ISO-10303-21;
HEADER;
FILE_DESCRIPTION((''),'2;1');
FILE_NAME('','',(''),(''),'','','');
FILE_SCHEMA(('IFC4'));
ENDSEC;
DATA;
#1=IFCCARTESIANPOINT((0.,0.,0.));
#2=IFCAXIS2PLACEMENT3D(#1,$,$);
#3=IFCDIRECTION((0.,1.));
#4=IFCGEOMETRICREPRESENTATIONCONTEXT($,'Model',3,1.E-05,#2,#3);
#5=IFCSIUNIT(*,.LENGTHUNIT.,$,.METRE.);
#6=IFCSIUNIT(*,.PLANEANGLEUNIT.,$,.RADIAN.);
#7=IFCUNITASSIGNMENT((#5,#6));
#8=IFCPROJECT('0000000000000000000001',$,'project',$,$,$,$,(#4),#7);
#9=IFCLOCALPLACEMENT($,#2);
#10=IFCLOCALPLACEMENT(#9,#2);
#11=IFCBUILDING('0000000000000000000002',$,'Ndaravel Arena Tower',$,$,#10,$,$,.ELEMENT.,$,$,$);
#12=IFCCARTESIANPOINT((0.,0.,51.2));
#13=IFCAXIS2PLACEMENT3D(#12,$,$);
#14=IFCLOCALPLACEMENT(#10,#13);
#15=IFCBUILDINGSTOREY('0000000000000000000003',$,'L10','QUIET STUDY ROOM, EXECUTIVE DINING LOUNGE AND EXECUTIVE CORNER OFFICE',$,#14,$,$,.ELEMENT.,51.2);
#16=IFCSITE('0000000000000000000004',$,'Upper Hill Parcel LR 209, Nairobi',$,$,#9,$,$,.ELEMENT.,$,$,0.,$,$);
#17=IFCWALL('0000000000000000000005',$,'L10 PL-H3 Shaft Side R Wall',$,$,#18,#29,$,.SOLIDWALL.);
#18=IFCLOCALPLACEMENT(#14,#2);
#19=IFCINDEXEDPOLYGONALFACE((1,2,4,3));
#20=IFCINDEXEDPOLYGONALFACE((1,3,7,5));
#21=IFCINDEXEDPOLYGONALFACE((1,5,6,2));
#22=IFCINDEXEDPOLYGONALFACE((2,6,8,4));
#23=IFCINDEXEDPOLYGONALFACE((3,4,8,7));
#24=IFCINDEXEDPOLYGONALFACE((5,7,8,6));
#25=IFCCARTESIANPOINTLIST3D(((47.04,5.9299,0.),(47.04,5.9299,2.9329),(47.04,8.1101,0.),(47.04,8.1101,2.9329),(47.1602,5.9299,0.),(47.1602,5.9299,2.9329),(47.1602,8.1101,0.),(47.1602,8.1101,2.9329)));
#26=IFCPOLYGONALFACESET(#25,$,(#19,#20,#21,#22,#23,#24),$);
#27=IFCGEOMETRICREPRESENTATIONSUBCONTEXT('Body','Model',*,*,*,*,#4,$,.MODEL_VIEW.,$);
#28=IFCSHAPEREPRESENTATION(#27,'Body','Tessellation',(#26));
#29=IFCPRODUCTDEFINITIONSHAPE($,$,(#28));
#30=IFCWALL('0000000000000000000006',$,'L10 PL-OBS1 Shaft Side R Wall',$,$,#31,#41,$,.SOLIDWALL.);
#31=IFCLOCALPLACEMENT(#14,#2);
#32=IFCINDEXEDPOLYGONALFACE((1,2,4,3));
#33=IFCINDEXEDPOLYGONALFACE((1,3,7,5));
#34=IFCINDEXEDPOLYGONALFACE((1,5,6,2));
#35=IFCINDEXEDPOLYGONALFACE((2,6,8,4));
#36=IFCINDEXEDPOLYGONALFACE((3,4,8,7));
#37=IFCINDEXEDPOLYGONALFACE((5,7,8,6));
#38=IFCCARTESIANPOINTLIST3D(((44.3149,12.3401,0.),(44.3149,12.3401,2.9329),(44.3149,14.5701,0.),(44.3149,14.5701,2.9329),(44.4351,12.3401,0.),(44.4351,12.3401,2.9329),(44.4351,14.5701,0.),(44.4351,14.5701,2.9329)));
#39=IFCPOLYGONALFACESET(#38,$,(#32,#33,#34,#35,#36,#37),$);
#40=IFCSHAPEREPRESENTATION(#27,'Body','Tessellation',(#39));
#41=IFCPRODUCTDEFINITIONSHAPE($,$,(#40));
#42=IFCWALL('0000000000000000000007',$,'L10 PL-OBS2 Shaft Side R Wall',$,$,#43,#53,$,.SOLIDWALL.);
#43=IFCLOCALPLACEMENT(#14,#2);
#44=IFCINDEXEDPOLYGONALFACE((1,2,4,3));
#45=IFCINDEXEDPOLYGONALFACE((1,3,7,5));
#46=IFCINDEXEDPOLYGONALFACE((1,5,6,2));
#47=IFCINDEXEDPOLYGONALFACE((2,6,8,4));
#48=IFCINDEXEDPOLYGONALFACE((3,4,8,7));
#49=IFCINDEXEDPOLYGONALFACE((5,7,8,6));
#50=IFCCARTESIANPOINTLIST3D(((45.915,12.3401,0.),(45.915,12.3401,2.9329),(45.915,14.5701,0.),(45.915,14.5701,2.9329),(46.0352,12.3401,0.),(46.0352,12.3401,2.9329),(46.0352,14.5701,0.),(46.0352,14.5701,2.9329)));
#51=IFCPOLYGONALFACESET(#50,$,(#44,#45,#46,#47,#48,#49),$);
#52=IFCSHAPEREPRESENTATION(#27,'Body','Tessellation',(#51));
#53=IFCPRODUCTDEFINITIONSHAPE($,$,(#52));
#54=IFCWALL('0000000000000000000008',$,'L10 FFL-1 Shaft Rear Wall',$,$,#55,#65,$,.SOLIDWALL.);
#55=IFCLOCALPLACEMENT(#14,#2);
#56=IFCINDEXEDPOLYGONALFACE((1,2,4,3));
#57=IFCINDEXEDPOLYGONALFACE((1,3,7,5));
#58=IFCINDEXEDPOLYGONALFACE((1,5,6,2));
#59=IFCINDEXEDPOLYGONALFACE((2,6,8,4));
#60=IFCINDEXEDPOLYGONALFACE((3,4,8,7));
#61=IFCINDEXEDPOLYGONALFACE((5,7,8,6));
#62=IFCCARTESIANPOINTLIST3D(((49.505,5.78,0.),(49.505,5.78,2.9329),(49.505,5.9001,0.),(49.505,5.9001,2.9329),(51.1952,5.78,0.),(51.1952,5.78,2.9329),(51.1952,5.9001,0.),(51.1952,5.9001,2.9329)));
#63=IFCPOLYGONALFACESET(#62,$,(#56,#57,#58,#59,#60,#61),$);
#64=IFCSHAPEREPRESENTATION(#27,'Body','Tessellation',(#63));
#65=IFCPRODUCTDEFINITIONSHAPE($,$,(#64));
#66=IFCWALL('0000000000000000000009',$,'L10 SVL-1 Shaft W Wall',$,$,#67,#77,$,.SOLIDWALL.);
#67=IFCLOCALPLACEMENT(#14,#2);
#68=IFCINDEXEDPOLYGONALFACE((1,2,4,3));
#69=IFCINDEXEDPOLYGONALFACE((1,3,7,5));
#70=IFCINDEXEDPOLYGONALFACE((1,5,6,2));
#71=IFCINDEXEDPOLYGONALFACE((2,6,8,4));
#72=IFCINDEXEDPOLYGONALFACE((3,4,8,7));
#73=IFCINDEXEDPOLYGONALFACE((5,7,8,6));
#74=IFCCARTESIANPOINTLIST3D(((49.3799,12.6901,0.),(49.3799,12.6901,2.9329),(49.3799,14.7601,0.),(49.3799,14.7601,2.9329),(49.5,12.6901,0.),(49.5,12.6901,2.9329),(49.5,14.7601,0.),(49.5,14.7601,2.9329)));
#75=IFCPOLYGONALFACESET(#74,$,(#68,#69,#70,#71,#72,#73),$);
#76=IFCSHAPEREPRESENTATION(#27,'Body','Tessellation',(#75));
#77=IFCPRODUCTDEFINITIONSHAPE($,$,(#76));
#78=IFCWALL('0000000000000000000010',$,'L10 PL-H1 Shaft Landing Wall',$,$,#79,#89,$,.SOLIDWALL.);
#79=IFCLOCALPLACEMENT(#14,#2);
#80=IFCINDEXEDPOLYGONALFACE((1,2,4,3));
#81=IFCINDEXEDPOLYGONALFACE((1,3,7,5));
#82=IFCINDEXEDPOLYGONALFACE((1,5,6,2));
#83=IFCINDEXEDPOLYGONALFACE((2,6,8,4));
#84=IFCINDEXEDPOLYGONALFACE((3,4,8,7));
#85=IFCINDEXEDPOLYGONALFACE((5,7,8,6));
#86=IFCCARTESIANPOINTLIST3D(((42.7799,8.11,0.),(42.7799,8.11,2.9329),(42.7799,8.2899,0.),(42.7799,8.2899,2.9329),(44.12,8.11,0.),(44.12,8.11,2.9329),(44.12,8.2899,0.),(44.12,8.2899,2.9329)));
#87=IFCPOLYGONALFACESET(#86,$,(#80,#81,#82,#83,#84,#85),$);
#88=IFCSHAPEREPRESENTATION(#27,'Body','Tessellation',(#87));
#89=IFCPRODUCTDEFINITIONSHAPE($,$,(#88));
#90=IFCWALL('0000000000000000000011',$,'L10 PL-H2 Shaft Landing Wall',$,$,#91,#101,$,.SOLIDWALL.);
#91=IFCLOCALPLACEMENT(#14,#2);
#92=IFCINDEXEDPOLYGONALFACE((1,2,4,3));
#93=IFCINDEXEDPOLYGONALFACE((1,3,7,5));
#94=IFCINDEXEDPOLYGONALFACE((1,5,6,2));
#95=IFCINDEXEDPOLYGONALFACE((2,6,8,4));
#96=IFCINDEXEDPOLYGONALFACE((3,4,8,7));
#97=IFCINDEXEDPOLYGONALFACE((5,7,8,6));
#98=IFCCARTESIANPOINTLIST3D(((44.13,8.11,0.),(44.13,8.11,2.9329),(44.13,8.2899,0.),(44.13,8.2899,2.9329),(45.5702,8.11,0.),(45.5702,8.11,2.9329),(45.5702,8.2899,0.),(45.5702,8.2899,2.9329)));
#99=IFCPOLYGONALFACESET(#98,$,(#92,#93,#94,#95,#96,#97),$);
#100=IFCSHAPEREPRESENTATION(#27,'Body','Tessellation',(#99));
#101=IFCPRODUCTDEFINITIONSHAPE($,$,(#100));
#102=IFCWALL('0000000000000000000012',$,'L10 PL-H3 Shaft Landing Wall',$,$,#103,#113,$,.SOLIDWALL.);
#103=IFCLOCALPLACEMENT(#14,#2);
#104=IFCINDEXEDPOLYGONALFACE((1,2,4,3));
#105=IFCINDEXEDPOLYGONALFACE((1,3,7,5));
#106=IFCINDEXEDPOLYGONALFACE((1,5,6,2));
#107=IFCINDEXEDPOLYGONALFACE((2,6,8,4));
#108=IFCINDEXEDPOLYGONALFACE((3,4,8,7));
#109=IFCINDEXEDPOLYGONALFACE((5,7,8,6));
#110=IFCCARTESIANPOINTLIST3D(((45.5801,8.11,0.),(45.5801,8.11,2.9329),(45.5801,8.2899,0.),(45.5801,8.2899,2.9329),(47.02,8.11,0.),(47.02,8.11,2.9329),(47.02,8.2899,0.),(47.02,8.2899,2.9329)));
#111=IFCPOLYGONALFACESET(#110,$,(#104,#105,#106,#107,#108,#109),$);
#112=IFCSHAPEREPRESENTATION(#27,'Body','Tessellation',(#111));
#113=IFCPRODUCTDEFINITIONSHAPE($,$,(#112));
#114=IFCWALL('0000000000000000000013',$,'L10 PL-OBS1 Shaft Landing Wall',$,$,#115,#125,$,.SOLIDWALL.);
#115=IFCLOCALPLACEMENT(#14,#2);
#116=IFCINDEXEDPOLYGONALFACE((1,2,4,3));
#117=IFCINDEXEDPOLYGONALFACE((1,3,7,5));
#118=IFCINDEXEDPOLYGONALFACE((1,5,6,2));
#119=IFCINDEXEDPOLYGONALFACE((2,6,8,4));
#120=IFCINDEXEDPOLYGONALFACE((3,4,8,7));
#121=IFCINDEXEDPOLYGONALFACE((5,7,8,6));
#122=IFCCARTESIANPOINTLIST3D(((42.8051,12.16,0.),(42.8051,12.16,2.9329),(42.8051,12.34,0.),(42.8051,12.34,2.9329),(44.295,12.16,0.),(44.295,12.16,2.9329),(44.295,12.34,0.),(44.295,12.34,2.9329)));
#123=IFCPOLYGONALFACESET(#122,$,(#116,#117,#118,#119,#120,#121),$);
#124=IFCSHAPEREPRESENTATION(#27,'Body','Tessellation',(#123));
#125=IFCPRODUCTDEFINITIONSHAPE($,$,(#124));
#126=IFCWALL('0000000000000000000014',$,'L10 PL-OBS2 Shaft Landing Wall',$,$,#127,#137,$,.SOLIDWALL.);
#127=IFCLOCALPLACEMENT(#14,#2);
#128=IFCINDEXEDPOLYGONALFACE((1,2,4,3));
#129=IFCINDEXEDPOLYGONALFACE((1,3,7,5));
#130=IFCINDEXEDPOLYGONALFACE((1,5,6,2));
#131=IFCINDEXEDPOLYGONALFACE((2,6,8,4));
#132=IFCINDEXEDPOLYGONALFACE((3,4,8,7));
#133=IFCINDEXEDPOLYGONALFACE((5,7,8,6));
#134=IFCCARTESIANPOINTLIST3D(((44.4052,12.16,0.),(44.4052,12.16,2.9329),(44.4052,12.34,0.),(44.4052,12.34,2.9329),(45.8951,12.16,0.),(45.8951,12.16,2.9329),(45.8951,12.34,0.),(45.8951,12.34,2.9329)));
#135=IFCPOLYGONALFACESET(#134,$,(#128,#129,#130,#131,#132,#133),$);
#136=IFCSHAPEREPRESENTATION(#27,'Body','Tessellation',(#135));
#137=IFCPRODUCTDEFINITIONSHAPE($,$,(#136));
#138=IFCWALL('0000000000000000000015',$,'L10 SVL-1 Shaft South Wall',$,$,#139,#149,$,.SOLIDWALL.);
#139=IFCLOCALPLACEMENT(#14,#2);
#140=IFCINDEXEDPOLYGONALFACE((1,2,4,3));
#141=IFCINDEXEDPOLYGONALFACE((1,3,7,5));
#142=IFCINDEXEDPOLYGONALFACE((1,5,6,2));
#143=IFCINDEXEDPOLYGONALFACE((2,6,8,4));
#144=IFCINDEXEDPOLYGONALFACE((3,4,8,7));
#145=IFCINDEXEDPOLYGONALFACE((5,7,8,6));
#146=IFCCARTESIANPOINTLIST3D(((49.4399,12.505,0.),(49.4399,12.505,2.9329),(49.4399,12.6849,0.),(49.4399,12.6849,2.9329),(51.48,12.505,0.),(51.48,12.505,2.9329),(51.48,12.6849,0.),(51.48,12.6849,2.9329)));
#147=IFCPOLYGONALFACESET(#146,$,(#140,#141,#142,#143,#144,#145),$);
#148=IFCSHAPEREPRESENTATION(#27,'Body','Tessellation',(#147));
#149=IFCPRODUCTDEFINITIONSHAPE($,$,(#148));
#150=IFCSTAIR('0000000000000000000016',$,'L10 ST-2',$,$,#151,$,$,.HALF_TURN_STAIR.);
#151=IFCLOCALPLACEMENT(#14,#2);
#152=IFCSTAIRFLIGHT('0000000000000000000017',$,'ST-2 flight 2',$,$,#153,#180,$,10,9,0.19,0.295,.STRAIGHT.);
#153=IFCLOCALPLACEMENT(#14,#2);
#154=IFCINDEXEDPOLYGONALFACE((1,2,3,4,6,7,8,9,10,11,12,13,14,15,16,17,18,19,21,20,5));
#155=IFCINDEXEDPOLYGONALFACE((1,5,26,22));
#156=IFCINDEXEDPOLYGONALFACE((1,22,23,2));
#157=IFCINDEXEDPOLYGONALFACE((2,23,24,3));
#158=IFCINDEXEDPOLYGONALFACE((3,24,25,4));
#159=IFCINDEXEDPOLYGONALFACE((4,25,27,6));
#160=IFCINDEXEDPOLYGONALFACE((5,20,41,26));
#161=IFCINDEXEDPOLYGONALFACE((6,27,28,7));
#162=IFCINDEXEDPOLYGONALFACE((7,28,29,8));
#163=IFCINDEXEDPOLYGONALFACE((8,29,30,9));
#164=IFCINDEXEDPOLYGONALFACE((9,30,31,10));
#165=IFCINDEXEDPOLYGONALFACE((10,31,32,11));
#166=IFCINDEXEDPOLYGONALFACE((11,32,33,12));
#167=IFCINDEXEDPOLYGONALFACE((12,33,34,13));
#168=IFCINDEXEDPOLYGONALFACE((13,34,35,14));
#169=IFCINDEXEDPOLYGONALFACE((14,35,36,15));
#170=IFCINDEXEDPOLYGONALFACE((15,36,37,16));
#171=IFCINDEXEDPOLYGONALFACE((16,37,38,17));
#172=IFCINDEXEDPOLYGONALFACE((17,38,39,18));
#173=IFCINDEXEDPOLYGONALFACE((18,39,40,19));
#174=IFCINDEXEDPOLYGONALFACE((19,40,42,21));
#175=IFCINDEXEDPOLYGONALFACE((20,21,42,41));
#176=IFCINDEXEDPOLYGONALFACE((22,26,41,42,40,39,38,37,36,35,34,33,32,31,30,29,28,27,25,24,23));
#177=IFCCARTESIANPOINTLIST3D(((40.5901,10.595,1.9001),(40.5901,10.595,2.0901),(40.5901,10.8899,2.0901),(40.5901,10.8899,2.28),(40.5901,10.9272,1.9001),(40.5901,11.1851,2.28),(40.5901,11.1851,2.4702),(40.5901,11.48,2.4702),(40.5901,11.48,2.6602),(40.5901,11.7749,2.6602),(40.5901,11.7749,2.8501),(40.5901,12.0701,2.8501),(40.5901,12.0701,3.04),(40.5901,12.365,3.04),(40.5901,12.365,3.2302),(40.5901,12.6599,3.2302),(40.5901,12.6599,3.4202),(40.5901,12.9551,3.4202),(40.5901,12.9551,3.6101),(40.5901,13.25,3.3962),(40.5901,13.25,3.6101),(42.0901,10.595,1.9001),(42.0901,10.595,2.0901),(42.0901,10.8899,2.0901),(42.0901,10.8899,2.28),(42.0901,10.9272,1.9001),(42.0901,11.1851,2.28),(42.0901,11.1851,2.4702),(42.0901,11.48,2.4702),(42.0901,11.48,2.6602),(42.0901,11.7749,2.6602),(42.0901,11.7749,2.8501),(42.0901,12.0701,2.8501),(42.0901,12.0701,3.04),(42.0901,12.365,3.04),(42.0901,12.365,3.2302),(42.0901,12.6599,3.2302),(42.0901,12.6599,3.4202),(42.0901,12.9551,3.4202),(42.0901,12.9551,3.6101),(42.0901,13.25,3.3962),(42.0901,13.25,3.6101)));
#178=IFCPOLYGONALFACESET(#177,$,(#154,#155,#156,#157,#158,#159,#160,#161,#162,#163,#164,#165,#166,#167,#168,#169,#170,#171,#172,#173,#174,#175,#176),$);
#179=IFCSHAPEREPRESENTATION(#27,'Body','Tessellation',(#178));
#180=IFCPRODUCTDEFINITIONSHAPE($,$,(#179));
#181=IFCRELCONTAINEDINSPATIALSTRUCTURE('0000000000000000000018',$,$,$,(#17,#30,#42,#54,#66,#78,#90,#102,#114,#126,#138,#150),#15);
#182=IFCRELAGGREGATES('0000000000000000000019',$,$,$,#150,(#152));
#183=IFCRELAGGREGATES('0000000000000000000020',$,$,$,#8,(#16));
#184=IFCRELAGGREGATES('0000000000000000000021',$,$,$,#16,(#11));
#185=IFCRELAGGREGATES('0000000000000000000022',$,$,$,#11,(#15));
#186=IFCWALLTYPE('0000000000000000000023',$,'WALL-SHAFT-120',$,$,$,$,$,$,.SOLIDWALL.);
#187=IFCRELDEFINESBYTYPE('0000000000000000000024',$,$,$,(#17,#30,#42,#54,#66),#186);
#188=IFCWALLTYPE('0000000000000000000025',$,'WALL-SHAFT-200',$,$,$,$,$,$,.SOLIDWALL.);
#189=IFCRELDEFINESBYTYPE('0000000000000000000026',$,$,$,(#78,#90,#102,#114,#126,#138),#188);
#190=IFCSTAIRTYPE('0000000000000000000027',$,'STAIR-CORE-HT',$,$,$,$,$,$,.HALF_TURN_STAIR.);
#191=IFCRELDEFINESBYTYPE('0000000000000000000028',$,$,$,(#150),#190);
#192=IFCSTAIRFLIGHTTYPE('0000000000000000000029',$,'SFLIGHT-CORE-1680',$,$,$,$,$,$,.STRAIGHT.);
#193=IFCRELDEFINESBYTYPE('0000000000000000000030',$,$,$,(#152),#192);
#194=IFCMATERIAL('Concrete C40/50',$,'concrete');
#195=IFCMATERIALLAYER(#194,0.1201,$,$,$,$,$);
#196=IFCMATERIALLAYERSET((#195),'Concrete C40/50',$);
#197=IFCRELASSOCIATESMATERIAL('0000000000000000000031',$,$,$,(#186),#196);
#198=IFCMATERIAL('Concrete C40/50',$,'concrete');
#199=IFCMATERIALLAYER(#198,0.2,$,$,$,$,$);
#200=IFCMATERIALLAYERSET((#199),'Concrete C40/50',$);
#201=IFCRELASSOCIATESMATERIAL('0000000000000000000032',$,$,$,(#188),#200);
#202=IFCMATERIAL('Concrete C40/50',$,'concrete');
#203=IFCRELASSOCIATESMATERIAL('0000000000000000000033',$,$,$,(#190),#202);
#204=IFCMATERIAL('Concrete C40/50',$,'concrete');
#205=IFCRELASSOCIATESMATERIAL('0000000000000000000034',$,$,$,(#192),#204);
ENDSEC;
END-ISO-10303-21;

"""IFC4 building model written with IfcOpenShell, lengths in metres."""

from ifc_helpers import new_model, si_unit, direction, frame, frame_2d, origin, place, context, subcontext, project, spatial, polyline, rectangle, outline, extrude, material, layer, layer_set, type_object, element, aggregate, save


model = new_model("IFC4")

# Units and contexts
model_context = context("Model", 3, precision=1e-05, world=origin(), true_north=direction((0.0, 1.0)))
body_context = subcontext(model_context, "Body", "Model", "MODEL_VIEW")
ifc_project = project(units=[si_unit("LENGTHUNIT", "METRE"), si_unit("PLANEANGLEUNIT", "RADIAN")], contexts=[model_context])

# Site, building, storey
site_placement = place(None, origin())
site = spatial("IfcSite", under=ifc_project, at=site_placement, Name="Upper Hill Parcel LR 209, Nairobi", CompositionType="ELEMENT", RefElevation=0.0)
building_placement = place(site_placement, origin())
building = spatial("IfcBuilding", under=site, at=building_placement, Name="Ndaravel Arena Tower", CompositionType="ELEMENT")
storey_placement = place(building_placement, frame((0.0, 0.0, 51.2)))
storey = spatial("IfcBuildingStorey", under=building, at=storey_placement, Name="L10", Description="QUIET STUDY ROOM, EXECUTIVE DINING LOUNGE AND EXECUTIVE CORNER OFFICE", CompositionType="ELEMENT", Elevation=51.2)

# Walls
ifc_material_1 = material(Name="Concrete C40/50", Category="concrete")
ifc_layer_1 = layer(ifc_material_1, 0.1201)
ifc_layer_set_1 = layer_set([ifc_layer_1], Name="Concrete C40/50")
wall_type_1 = type_object("IfcWallType", Name="WALL-SHAFT-120", PredefinedType="SOLIDWALL", material=ifc_layer_set_1)
wall_1_placement = place(storey_placement, frame((47.1001, 5.9299, 0.0), z_axis=(0.0, 0.0, 1.0), x_axis=(0.0, 1.0, 0.0)))
element("IfcWall", 1, at=wall_1_placement, inside=storey, type_object=wall_type_1, Name="L10 PL-H3 Shaft Side R Wall", PredefinedType="SOLIDWALL", context=body_context, shape_type="SweptSolid", body=[
    extrude(rectangle(XDim=2.1802, YDim=0.1201, at=frame_2d((1.0901, 0.0))), origin(), (0.0, 0.0, 1.0), 2.9329),
])
for number, where, z_axis, x_axis, name in (
    (2, (44.375, 12.3401, 0.0), (0.0, 0.0, 1.0), (0.0, 1.0, 0.0), "L10 PL-OBS1 Shaft Side R Wall"),
    (3, (45.9751, 12.3401, 0.0), (0.0, 0.0, 1.0), (0.0, 1.0, 0.0), "L10 PL-OBS2 Shaft Side R Wall"),
):
    element("IfcWall", number, at=place(storey_placement, frame(where, z_axis=z_axis, x_axis=x_axis)), inside=storey, type_object=wall_type_1, Name=name, PredefinedType="SOLIDWALL", context=body_context, shape_type="SweptSolid", body=[
        extrude(rectangle(XDim=2.23, YDim=0.1201, at=frame_2d((1.115, 0.0))), origin(), (0.0, 0.0, 1.0), 2.9329),
    ])
wall_2_placement = place(storey_placement, frame((49.5049, 5.8401, 0.0), z_axis=(0.0, 0.0, 1.0), x_axis=(1.0, 0.0, 0.0)))
element("IfcWall", 4, at=wall_2_placement, inside=storey, type_object=wall_type_1, Name="L10 FFL-1 Shaft Rear Wall", PredefinedType="SOLIDWALL", context=body_context, shape_type="SweptSolid", body=[
    extrude(rectangle(XDim=1.6902, YDim=0.1201, at=frame_2d((0.8452, 0.0))), origin(), (0.0, 0.0, 1.0), 2.9329),
])
wall_3_placement = place(storey_placement, frame((49.4399, 12.6899, 0.0), z_axis=(0.0, 0.0, 1.0), x_axis=(0.0, 1.0, 0.0)))
element("IfcWall", 5, at=wall_3_placement, inside=storey, type_object=wall_type_1, Name="L10 SVL-1 Shaft W Wall", PredefinedType="SOLIDWALL", context=body_context, shape_type="SweptSolid", body=[
    extrude(rectangle(XDim=2.0701, YDim=0.1201, at=frame_2d((1.0352, 0.0))), origin(), (0.0, 0.0, 1.0), 2.9329),
])
ifc_material_2 = material(Name="Concrete C40/50", Category="concrete")
ifc_layer_2 = layer(ifc_material_2, 0.2)
ifc_layer_set_2 = layer_set([ifc_layer_2], Name="Concrete C40/50")
wall_type_2 = type_object("IfcWallType", Name="WALL-SHAFT-200", PredefinedType="SOLIDWALL", material=ifc_layer_set_2)
wall_4_placement = place(storey_placement, frame((42.78, 8.2, 0.0), z_axis=(0.0, 0.0, 1.0), x_axis=(1.0, 0.0, 0.0)))
element("IfcWall", 6, at=wall_4_placement, inside=storey, type_object=wall_type_2, Name="L10 PL-H1 Shaft Landing Wall", PredefinedType="SOLIDWALL", context=body_context, shape_type="SweptSolid", body=[
    extrude(rectangle(XDim=1.3401, YDim=0.1799, at=frame_2d((0.6699, 0.0))), origin(), (0.0, 0.0, 1.0), 2.9329),
])
wall_5_placement = place(storey_placement, frame((44.1299, 8.2, 0.0), z_axis=(0.0, 0.0, 1.0), x_axis=(1.0, 0.0, 0.0)))
element("IfcWall", 7, at=wall_5_placement, inside=storey, type_object=wall_type_2, Name="L10 PL-H2 Shaft Landing Wall", PredefinedType="SOLIDWALL", context=body_context, shape_type="SweptSolid", body=[
    extrude(rectangle(XDim=1.4402, YDim=0.1799, at=frame_2d((0.7202, 0.0))), origin(), (0.0, 0.0, 1.0), 2.9329),
])
wall_6_placement = place(storey_placement, frame((45.5801, 8.2, 0.0), z_axis=(0.0, 0.0, 1.0), x_axis=(1.0, 0.0, 0.0)))
element("IfcWall", 8, at=wall_6_placement, inside=storey, type_object=wall_type_2, Name="L10 PL-H3 Shaft Landing Wall", PredefinedType="SOLIDWALL", context=body_context, shape_type="SweptSolid", body=[
    extrude(rectangle(XDim=1.4399, YDim=0.1799, at=frame_2d((0.72, 0.0))), origin(), (0.0, 0.0, 1.0), 2.9329),
])
for number, where, z_axis, x_axis, name in (
    (9, (42.8049, 12.25, 0.0), (0.0, 0.0, 1.0), (1.0, 0.0, 0.0), "L10 PL-OBS1 Shaft Landing Wall"),
    (10, (44.405, 12.25, 0.0), (0.0, 0.0, 1.0), (1.0, 0.0, 0.0), "L10 PL-OBS2 Shaft Landing Wall"),
):
    element("IfcWall", number, at=place(storey_placement, frame(where, z_axis=z_axis, x_axis=x_axis)), inside=storey, type_object=wall_type_2, Name=name, PredefinedType="SOLIDWALL", context=body_context, shape_type="SweptSolid", body=[
        extrude(rectangle(XDim=1.49, YDim=0.1799, at=frame_2d((0.7451, 0.0))), origin(), (0.0, 0.0, 1.0), 2.9329),
    ])

# Wall
wall_7_placement = place(storey_placement, frame((49.4399, 12.595, 0.0), z_axis=(0.0, 0.0, 1.0), x_axis=(1.0, 0.0, 0.0)))
element("IfcWall", 11, at=wall_7_placement, inside=storey, type_object=wall_type_2, Name="L10 SVL-1 Shaft South Wall", PredefinedType="SOLIDWALL", context=body_context, shape_type="SweptSolid", body=[
    extrude(rectangle(XDim=2.04, YDim=0.1799, at=frame_2d((1.02, 0.0))), origin(), (0.0, 0.0, 1.0), 2.9329),
])

# Stair, stair flight
ifc_material_3 = material(Name="Concrete C40/50", Category="concrete")
stair_type = type_object("IfcStairType", Name="STAIR-CORE-HT", PredefinedType="HALF_TURN_STAIR", material=ifc_material_3)
stair_placement = place(storey_placement, origin())
stair = element("IfcStair", 12, at=stair_placement, inside=storey, type_object=stair_type, Name="L10 ST-2", PredefinedType="HALF_TURN_STAIR")
ifc_material_4 = material(Name="Concrete C40/50", Category="concrete")
stair_flight_type = type_object("IfcStairFlightType", Name="SFLIGHT-CORE-1680", PredefinedType="STRAIGHT", material=ifc_material_4)
stair_flight_placement = place(storey_placement, frame((41.3401, 10.595, 1.9001), z_axis=(0.0, 0.0, 1.0), x_axis=(0.0, 1.0, 0.0)))
stair_flight = element("IfcStairFlight", 13, at=stair_flight_placement, type_object=stair_flight_type, Name="ST-2 flight 2", NumberOfRisers=10, NumberOfTreads=9, PredefinedType="STRAIGHT", RiserHeight=0.19, TreadLength=0.295, context=body_context, shape_type="SweptSolid", body=[
    extrude(outline(polyline([(0.0, 0.0), (0.0, 0.1899), (0.2949, 0.1899), (0.2949, 0.3799), (0.5901, 0.3799), (0.5901, 0.5701), (0.885, 0.5701), (0.885, 0.76), (1.1799, 0.76), (1.1799, 0.95), (1.4751, 0.95), (1.4751, 1.1399), (1.77, 1.1399), (1.77, 1.3301), (2.0649, 1.3301), (2.0649, 1.52), (2.3601, 1.52), (2.3601, 1.71), (2.655, 1.71), (2.655, 1.8999), (2.655, 1.4961), (0.3323, 0.0), (0.0, 0.0)])), frame((0.0, 0.75, 0.0), z_axis=(0.0, -1.0, 0.0), x_axis=(1.0, 0.0, 0.0)), (0.0, 0.0, 1.0), 1.5),
])
aggregate(stair, [stair_flight])

save(model, "model.ifc")
